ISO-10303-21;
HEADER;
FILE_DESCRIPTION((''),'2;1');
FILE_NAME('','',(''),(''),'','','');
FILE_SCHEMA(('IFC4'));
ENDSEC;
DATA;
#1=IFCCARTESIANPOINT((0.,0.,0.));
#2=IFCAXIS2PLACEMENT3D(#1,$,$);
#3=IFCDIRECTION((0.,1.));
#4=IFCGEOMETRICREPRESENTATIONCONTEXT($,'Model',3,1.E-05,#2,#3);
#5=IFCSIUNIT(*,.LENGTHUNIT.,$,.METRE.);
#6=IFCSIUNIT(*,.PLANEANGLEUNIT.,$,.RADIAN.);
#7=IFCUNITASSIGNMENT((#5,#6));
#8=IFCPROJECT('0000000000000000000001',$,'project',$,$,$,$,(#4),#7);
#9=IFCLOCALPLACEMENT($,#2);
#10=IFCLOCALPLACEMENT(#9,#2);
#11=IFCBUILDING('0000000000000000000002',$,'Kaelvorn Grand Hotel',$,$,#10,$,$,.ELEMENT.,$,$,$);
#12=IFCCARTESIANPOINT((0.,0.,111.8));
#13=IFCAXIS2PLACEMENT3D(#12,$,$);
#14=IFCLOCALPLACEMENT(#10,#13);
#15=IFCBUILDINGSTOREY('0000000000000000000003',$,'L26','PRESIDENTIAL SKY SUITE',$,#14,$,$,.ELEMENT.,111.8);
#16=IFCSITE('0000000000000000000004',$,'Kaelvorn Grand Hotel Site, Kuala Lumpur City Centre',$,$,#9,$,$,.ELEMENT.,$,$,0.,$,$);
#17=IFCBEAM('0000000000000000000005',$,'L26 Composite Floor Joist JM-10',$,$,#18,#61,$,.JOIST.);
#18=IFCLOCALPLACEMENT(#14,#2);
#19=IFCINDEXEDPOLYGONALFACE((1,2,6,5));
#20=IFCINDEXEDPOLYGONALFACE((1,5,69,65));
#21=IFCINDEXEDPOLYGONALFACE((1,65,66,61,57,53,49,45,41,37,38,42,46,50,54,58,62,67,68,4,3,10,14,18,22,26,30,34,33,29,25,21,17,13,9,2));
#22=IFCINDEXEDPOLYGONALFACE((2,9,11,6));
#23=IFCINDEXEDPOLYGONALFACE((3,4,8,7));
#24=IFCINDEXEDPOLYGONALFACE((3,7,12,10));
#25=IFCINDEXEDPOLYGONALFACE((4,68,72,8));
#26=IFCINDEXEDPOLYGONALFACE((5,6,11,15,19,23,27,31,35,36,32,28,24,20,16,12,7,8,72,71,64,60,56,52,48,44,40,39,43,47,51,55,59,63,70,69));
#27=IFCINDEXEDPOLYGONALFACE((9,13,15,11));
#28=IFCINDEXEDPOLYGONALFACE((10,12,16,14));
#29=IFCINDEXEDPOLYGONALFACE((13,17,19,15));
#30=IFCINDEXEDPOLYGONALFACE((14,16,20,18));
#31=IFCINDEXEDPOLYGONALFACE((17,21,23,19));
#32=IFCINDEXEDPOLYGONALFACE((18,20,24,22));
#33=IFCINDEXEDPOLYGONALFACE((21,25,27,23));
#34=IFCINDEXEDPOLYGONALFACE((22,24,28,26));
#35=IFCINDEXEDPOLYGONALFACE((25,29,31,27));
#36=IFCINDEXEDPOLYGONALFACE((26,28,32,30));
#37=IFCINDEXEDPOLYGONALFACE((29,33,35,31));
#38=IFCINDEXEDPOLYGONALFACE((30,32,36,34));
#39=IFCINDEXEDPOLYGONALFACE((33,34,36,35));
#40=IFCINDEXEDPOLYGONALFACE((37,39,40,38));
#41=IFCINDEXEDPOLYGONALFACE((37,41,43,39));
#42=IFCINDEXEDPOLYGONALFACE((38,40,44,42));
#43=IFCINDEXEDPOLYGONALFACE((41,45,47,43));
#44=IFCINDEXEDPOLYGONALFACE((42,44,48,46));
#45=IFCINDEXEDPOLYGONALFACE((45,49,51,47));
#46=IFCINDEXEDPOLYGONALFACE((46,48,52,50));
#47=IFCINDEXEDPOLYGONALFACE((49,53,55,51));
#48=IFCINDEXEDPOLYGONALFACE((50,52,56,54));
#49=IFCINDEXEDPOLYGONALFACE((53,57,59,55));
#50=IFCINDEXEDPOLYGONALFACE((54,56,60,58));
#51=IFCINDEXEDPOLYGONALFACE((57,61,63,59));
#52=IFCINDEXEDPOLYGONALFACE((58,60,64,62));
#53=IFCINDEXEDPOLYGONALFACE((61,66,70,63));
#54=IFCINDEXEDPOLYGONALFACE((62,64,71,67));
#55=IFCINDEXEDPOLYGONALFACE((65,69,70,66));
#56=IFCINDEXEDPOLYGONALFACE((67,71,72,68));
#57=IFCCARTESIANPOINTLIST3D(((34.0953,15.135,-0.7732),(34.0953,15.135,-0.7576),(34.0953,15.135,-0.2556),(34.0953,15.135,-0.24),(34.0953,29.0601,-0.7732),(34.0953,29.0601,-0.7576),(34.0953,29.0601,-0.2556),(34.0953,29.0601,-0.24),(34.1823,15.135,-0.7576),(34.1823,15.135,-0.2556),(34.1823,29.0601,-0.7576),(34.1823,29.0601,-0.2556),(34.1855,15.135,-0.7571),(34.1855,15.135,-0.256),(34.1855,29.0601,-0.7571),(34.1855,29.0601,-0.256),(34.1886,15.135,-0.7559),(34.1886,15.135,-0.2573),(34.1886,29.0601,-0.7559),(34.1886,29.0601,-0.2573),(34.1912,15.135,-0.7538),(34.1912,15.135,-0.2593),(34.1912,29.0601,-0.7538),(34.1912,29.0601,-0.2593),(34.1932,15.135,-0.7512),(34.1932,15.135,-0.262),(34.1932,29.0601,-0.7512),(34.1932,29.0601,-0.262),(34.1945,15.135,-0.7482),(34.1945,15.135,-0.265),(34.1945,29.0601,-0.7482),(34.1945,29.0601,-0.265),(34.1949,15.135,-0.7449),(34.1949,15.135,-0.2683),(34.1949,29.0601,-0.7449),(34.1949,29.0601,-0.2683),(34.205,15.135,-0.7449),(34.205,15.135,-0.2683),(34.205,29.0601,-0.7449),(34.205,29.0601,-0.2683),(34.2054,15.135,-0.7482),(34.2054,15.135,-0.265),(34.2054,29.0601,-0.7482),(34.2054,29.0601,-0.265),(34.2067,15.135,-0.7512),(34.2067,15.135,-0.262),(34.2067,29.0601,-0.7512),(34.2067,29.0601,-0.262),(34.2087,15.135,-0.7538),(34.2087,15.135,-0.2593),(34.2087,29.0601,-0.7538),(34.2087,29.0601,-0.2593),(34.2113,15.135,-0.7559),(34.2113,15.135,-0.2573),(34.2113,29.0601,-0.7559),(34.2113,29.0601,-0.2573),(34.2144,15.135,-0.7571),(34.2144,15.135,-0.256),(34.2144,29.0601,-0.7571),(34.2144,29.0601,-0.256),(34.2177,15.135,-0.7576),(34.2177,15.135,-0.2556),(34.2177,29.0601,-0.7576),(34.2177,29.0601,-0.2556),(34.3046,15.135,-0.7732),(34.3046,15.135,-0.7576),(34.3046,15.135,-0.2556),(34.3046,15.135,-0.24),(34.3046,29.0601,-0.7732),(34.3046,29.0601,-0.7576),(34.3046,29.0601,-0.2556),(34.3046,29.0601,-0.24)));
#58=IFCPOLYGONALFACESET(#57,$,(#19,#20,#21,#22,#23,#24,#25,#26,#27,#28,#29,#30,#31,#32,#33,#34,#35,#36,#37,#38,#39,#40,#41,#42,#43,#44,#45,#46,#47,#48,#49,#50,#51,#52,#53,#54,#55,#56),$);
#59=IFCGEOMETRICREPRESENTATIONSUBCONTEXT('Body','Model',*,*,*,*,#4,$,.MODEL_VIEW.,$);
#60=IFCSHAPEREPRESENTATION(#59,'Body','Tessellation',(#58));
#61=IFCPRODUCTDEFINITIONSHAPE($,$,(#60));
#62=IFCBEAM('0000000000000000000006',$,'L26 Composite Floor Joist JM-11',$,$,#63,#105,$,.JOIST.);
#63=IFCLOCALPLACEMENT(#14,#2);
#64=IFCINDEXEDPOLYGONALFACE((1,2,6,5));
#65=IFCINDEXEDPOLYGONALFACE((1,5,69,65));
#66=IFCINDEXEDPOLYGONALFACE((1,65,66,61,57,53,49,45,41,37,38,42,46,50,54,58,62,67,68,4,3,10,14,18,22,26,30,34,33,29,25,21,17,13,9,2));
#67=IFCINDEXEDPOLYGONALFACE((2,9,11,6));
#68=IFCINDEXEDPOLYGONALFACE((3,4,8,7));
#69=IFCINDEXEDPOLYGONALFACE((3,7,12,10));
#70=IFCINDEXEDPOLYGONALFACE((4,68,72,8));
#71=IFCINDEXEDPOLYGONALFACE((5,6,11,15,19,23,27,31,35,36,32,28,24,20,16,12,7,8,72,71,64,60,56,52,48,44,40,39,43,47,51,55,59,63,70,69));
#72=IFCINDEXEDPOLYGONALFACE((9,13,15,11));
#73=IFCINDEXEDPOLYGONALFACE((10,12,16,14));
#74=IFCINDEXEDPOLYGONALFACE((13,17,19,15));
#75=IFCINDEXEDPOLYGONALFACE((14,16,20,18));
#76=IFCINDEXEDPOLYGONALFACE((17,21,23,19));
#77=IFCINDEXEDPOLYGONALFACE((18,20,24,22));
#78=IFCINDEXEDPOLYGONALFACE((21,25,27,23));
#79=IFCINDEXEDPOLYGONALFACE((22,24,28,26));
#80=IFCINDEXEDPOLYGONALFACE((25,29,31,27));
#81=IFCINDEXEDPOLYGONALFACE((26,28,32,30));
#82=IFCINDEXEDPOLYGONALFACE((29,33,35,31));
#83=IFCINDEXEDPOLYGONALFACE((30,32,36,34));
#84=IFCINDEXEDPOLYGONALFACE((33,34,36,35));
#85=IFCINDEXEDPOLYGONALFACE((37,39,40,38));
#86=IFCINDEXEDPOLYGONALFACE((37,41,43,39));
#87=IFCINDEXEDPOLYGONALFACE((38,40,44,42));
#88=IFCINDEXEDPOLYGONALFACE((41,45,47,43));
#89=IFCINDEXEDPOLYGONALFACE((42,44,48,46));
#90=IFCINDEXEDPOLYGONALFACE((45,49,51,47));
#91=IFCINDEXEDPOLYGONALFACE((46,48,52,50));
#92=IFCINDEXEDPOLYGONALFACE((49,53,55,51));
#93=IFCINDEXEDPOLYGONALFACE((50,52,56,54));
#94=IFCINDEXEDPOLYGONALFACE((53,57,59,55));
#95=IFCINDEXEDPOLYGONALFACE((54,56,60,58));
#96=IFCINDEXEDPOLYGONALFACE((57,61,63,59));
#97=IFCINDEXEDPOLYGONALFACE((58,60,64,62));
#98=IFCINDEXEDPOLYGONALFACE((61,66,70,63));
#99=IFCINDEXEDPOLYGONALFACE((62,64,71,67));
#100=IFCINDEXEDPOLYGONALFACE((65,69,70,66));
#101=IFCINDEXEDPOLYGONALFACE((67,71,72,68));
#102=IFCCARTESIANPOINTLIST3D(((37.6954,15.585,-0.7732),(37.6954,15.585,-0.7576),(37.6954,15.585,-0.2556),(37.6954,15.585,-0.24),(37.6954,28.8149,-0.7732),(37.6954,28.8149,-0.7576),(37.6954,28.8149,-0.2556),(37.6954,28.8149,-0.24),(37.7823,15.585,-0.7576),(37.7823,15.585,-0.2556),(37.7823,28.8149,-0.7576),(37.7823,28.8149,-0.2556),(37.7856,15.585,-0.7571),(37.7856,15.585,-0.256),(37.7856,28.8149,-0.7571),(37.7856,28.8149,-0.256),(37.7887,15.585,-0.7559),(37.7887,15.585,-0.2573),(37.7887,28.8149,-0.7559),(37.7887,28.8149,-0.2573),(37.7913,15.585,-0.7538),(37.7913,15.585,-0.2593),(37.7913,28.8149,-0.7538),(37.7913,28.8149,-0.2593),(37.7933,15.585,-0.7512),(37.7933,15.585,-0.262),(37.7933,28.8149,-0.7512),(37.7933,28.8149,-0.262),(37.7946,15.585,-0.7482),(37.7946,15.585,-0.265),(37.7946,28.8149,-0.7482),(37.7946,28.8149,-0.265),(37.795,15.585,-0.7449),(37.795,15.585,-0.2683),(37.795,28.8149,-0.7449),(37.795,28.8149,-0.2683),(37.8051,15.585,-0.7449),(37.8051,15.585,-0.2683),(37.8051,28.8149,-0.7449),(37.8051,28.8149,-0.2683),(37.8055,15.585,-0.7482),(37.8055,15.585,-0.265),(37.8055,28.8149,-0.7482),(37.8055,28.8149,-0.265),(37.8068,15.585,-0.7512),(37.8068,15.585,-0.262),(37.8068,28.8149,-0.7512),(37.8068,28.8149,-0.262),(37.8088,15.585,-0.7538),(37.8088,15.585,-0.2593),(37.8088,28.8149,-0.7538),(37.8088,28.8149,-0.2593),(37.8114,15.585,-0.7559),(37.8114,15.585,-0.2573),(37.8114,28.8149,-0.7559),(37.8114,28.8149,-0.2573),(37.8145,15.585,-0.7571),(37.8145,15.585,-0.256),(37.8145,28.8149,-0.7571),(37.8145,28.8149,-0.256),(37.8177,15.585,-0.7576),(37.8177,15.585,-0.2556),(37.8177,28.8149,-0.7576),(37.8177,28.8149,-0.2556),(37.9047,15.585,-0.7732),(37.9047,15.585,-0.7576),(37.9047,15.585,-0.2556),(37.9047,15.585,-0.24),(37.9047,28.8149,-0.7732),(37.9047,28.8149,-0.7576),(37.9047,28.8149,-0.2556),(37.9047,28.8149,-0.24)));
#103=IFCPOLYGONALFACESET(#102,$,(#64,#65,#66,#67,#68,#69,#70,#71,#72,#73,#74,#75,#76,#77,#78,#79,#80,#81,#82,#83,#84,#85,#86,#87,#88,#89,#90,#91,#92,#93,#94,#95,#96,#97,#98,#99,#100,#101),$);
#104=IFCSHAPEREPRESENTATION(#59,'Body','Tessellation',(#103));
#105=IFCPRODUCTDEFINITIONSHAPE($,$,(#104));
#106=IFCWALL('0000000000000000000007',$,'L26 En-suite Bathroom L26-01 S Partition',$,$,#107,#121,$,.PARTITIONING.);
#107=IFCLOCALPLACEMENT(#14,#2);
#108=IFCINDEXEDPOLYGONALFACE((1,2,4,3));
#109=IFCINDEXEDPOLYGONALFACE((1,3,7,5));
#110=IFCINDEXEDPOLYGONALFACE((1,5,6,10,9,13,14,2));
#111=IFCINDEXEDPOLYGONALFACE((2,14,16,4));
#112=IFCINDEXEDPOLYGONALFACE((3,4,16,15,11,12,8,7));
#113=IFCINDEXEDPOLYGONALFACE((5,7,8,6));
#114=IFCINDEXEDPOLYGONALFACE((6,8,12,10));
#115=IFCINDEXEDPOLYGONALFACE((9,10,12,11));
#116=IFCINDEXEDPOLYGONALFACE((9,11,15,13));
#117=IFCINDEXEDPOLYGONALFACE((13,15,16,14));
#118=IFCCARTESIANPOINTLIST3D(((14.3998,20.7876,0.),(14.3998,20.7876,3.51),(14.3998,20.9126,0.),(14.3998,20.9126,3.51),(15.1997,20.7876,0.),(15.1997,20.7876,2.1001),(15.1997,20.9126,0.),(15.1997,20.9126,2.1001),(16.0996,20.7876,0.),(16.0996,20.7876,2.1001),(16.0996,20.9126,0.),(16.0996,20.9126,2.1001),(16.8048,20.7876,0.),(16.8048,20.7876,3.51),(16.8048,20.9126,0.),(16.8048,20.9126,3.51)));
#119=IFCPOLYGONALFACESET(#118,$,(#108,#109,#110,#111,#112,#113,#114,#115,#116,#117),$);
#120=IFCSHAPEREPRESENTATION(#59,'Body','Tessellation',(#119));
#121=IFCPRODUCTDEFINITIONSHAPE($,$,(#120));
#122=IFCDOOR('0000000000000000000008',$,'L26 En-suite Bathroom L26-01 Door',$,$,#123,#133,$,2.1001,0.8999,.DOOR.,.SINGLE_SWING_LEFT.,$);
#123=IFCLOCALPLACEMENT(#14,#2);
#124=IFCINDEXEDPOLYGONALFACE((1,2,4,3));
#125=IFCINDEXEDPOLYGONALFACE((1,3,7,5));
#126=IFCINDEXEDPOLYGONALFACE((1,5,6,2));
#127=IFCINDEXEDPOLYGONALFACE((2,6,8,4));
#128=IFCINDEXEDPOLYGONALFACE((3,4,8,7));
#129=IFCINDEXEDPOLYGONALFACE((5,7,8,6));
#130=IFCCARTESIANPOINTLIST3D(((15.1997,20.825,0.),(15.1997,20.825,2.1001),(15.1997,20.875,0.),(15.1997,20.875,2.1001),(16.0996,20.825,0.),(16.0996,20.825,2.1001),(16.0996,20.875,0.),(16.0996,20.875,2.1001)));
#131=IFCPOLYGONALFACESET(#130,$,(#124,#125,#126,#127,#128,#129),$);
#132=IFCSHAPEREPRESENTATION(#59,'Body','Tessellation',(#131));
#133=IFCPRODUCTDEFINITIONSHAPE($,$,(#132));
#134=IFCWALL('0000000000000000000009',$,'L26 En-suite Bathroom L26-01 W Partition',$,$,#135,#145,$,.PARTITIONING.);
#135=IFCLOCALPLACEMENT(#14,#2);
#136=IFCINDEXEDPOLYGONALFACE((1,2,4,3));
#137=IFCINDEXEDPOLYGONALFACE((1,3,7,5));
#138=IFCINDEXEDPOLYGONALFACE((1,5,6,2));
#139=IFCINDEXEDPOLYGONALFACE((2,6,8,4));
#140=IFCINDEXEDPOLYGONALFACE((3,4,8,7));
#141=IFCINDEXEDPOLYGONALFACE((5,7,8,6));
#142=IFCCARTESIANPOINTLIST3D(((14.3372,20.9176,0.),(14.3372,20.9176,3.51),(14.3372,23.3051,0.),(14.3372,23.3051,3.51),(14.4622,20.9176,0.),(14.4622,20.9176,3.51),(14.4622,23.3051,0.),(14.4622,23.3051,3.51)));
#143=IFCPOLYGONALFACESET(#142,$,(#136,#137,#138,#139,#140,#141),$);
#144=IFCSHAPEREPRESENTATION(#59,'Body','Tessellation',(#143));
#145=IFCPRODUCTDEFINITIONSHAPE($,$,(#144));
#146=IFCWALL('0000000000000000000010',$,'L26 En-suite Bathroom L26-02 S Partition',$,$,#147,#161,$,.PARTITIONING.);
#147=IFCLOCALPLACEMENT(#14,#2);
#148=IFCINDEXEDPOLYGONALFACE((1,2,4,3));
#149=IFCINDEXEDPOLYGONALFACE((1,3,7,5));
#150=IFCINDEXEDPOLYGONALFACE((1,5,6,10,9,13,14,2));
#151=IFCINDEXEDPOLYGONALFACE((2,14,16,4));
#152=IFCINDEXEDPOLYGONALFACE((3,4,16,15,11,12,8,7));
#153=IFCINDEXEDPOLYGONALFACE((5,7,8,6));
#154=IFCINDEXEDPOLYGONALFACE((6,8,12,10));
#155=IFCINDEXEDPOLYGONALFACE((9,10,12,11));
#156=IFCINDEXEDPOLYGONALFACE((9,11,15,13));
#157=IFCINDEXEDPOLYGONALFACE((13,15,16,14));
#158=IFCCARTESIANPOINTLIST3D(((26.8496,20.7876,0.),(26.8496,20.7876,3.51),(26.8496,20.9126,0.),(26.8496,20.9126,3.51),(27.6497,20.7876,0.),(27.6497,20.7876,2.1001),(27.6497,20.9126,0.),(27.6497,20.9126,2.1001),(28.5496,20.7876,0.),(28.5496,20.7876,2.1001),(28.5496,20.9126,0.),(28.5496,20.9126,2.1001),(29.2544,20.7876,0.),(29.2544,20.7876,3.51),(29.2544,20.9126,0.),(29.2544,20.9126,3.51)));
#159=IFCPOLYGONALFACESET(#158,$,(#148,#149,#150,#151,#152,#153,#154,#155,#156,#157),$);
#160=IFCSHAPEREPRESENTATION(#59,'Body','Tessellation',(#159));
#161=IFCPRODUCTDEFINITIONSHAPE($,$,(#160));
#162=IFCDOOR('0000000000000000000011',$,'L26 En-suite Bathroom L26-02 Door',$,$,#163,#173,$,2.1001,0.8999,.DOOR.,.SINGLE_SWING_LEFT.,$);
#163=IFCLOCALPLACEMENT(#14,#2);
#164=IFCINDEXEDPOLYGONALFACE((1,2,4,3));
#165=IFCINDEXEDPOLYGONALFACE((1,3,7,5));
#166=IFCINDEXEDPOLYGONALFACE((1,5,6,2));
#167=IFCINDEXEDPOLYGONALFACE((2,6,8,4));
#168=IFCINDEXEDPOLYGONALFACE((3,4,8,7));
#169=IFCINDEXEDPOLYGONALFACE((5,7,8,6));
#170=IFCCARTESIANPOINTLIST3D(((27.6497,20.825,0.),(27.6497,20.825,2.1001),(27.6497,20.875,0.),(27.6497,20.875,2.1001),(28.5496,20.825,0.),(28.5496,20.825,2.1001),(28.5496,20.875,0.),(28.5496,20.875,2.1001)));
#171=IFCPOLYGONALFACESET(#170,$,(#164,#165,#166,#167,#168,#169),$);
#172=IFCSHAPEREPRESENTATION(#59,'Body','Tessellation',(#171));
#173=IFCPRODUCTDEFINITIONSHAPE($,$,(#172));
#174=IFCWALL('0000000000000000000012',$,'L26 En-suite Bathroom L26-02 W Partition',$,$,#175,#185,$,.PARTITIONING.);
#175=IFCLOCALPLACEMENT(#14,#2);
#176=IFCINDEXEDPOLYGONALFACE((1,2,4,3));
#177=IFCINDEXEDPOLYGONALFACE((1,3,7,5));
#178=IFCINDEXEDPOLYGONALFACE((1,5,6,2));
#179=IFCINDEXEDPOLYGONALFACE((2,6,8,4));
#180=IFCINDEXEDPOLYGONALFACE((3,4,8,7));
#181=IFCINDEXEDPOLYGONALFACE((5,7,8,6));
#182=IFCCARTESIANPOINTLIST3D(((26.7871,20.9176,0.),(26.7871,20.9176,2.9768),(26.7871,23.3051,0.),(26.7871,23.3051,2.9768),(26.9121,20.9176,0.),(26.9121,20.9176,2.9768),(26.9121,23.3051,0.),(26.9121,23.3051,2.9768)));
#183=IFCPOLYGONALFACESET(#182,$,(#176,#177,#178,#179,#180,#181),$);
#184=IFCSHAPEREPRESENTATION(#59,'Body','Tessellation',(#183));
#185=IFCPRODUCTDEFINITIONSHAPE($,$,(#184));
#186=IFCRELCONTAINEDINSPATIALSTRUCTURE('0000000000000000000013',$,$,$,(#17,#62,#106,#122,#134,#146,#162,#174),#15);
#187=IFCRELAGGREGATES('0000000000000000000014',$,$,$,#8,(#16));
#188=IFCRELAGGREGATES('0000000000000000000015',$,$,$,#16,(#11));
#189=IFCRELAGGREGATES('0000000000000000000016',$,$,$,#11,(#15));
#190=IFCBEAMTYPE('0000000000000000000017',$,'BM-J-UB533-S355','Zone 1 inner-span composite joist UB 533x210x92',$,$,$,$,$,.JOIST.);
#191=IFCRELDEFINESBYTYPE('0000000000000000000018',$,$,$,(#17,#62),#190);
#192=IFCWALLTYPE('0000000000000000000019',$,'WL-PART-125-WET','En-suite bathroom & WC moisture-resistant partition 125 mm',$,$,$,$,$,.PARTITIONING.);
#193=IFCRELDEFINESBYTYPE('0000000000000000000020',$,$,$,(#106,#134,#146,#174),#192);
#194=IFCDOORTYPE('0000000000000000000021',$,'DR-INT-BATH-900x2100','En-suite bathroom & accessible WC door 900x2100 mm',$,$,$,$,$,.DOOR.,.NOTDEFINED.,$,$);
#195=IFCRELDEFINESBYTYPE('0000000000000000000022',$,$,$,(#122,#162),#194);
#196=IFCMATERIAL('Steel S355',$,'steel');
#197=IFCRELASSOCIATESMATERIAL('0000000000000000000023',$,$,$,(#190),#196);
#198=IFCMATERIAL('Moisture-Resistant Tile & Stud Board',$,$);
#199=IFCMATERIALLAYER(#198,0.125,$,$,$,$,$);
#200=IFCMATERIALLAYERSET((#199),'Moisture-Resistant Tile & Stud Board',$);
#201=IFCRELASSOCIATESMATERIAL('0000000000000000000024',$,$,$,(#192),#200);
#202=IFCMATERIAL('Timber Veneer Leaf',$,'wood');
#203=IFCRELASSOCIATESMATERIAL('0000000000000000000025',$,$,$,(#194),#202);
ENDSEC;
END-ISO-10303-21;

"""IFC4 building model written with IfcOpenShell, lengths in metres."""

from ifc_helpers import new_model, si_unit, direction, frame, frame_2d, origin, origin_2d, place, context, subcontext, project, spatial, rectangle, i_section, extrude, material, layer, layer_set, material_profile, profile_set, type_object, element, fill, save


model = new_model("IFC4")

# Units and contexts
model_context = context("Model", 3, precision=1e-05, world=origin(), true_north=direction((0.0, 1.0)))
body_context = subcontext(model_context, "Body", "Model", "MODEL_VIEW")
ifc_project = project(units=[si_unit("LENGTHUNIT", "METRE"), si_unit("PLANEANGLEUNIT", "RADIAN")], contexts=[model_context])

# Site, building, storey
site_placement = place(None, origin())
site = spatial("IfcSite", under=ifc_project, at=site_placement, Name="Kaelvorn Grand Hotel Site, Kuala Lumpur City Centre", CompositionType="ELEMENT", RefElevation=0.0)
building_placement = place(site_placement, origin())
building = spatial("IfcBuilding", under=site, at=building_placement, Name="Kaelvorn Grand Hotel", CompositionType="ELEMENT")
storey_placement = place(building_placement, frame((0.0, 0.0, 111.8)))
storey = spatial("IfcBuildingStorey", under=building, at=storey_placement, Name="L26", Description="PRESIDENTIAL SKY SUITE", CompositionType="ELEMENT", Elevation=111.8)

# Beams
ifc_material_1 = material(Name="Steel S355", Category="steel")
ifc_material_profile_1 = material_profile(ifc_material_1, i_section(OverallWidth=0.2092, OverallDepth=0.5332, WebThickness=0.01, FlangeThickness=0.0156, FilletRadius=0.0127, at=origin_2d()), Name="UB 533x210x92")
ifc_profile_set_1 = profile_set([ifc_material_profile_1], Name="Steel S355")
beam_type_1 = type_object("IfcBeamType", Name="BM-J-UB533-S355", Description="Zone 1 inner-span composite joist UB 533x210x92", PredefinedType="JOIST", material=ifc_profile_set_1)
beam_1_placement = place(storey_placement, frame((34.2, 15.135, -0.5066), z_axis=(0.0, 1.0, 0.0), x_axis=(-1.0, 0.0, 0.0)))
element("IfcBeam", 1, at=beam_1_placement, inside=storey, type_object=beam_type_1, Name="L26 Composite Floor Joist JM-10", PredefinedType="JOIST", context=body_context, shape_type="SweptSolid", body=[
    extrude(i_section(OverallWidth=0.2092, OverallDepth=0.5332, WebThickness=0.01, FlangeThickness=0.0156, FilletRadius=0.0127, at=origin_2d()), origin(), (0.0, 0.0, 1.0), 13.925),
])
beam_2_placement = place(storey_placement, frame((37.8, 15.585, -0.5066), z_axis=(0.0, 1.0, 0.0), x_axis=(-1.0, 0.0, 0.0)))
element("IfcBeam", 2, at=beam_2_placement, inside=storey, type_object=beam_type_1, Name="L26 Composite Floor Joist JM-11", PredefinedType="JOIST", context=body_context, shape_type="SweptSolid", body=[
    extrude(i_section(OverallWidth=0.2092, OverallDepth=0.5332, WebThickness=0.01, FlangeThickness=0.0156, FilletRadius=0.0127, at=origin_2d()), origin(), (0.0, 0.0, 1.0), 13.23),
])

# Wall, opening, door
ifc_material_2 = material(Name="Moisture-Resistant Tile & Stud Board")
ifc_layer_1 = layer(ifc_material_2, 0.125)
ifc_layer_set_1 = layer_set([ifc_layer_1], Name="Moisture-Resistant Tile & Stud Board")
wall_type_1 = type_object("IfcWallType", Name="WL-PART-125-WET", Description="En-suite bathroom & WC moisture-resistant partition 125 mm", PredefinedType="PARTITIONING", material=ifc_layer_set_1)
wall_1_placement = place(storey_placement, frame((14.3997, 20.8501, 0.0), z_axis=(0.0, 0.0, 1.0), x_axis=(1.0, 0.0, 0.0)))
wall_1 = element("IfcWall", 3, at=wall_1_placement, inside=storey, type_object=wall_type_1, Name="L26 En-suite Bathroom L26-01 S Partition", PredefinedType="PARTITIONING", context=body_context, shape_type="SweptSolid", body=[
    extrude(rectangle(XDim=2.405, YDim=0.125, at=frame_2d((1.2026, 0.0))), origin(), (0.0, 0.0, 1.0), 3.51),
])
opening_1_placement = place(wall_1_placement, frame((0.8, 0.0, 0.0)))
opening_1 = element("IfcOpeningElement", 4, at=opening_1_placement, cuts=wall_1, PredefinedType="OPENING", context=body_context, shape_type="SweptSolid", body=[
    extrude(rectangle(XDim=0.8999, YDim=2.1001, at=frame_2d((0.45, 1.05))), frame((0.0, 0.0725, 0.0), z_axis=(0.0, -1.0, 0.0), x_axis=(1.0, 0.0, 0.0)), (0.0, 0.0, 1.0), 0.145),
])
ifc_material_3 = material(Name="Timber Veneer Leaf", Category="wood")
door_type_1 = type_object("IfcDoorType", Name="DR-INT-BATH-900x2100", Description="En-suite bathroom & accessible WC door 900x2100 mm", OperationType="NOTDEFINED", PredefinedType="DOOR", material=ifc_material_3)
door_1_placement = place(opening_1_placement, origin())
door_1 = element("IfcDoor", 5, at=door_1_placement, inside=storey, type_object=door_type_1, Name="L26 En-suite Bathroom L26-01 Door", OperationType="SINGLE_SWING_LEFT", OverallHeight=2.1001, OverallWidth=0.8999, PredefinedType="DOOR", context=body_context, shape_type="SweptSolid", body=[
    extrude(rectangle(XDim=0.8999, YDim=2.1001, at=frame_2d((0.45, 1.05))), frame((0.0, 0.0249, 0.0), z_axis=(0.0, -1.0, 0.0), x_axis=(1.0, 0.0, 0.0)), (0.0, 0.0, 1.0), 0.05),
])
fill(opening_1, door_1)

# Wall
wall_2_placement = place(storey_placement, frame((14.3997, 20.9175, 0.0), z_axis=(0.0, 0.0, 1.0), x_axis=(0.0, 1.0, 0.0)))
element("IfcWall", 6, at=wall_2_placement, inside=storey, type_object=wall_type_1, Name="L26 En-suite Bathroom L26-01 W Partition", PredefinedType="PARTITIONING", context=body_context, shape_type="SweptSolid", body=[
    extrude(rectangle(XDim=2.3875, YDim=0.125, at=frame_2d((1.1938, 0.0))), origin(), (0.0, 0.0, 1.0), 3.51),
])

# Wall, opening, door
wall_3_placement = place(storey_placement, frame((26.8496, 20.8501, 0.0), z_axis=(0.0, 0.0, 1.0), x_axis=(1.0, 0.0, 0.0)))
wall_3 = element("IfcWall", 7, at=wall_3_placement, inside=storey, type_object=wall_type_1, Name="L26 En-suite Bathroom L26-02 S Partition", PredefinedType="PARTITIONING", context=body_context, shape_type="SweptSolid", body=[
    extrude(rectangle(XDim=2.4048, YDim=0.125, at=frame_2d((1.2024, 0.0))), origin(), (0.0, 0.0, 1.0), 3.51),
])
opening_2_placement = place(wall_3_placement, frame((0.8, 0.0, 0.0)))
opening_2 = element("IfcOpeningElement", 8, at=opening_2_placement, cuts=wall_3, PredefinedType="OPENING", context=body_context, shape_type="SweptSolid", body=[
    extrude(rectangle(XDim=0.8999, YDim=2.1001, at=frame_2d((0.45, 1.05))), frame((0.0, 0.0725, 0.0), z_axis=(0.0, -1.0, 0.0), x_axis=(1.0, 0.0, 0.0)), (0.0, 0.0, 1.0), 0.145),
])
door_2_placement = place(opening_2_placement, origin())
door_2 = element("IfcDoor", 9, at=door_2_placement, inside=storey, type_object=door_type_1, Name="L26 En-suite Bathroom L26-02 Door", OperationType="SINGLE_SWING_LEFT", OverallHeight=2.1001, OverallWidth=0.8999, PredefinedType="DOOR", context=body_context, shape_type="SweptSolid", body=[
    extrude(rectangle(XDim=0.8999, YDim=2.1001, at=frame_2d((0.45, 1.05))), frame((0.0, 0.0249, 0.0), z_axis=(0.0, -1.0, 0.0), x_axis=(1.0, 0.0, 0.0)), (0.0, 0.0, 1.0), 0.05),
])
fill(opening_2, door_2)

# Wall
wall_4_placement = place(storey_placement, frame((26.8496, 20.9175, 0.0), z_axis=(0.0, 0.0, 1.0), x_axis=(0.0, 1.0, 0.0)))
element("IfcWall", 10, at=wall_4_placement, inside=storey, type_object=wall_type_1, Name="L26 En-suite Bathroom L26-02 W Partition", PredefinedType="PARTITIONING", context=body_context, shape_type="SweptSolid", body=[
    extrude(rectangle(XDim=2.3875, YDim=0.125, at=frame_2d((1.1938, 0.0))), origin(), (0.0, 0.0, 1.0), 2.9768),
])

save(model, "model.ifc")
